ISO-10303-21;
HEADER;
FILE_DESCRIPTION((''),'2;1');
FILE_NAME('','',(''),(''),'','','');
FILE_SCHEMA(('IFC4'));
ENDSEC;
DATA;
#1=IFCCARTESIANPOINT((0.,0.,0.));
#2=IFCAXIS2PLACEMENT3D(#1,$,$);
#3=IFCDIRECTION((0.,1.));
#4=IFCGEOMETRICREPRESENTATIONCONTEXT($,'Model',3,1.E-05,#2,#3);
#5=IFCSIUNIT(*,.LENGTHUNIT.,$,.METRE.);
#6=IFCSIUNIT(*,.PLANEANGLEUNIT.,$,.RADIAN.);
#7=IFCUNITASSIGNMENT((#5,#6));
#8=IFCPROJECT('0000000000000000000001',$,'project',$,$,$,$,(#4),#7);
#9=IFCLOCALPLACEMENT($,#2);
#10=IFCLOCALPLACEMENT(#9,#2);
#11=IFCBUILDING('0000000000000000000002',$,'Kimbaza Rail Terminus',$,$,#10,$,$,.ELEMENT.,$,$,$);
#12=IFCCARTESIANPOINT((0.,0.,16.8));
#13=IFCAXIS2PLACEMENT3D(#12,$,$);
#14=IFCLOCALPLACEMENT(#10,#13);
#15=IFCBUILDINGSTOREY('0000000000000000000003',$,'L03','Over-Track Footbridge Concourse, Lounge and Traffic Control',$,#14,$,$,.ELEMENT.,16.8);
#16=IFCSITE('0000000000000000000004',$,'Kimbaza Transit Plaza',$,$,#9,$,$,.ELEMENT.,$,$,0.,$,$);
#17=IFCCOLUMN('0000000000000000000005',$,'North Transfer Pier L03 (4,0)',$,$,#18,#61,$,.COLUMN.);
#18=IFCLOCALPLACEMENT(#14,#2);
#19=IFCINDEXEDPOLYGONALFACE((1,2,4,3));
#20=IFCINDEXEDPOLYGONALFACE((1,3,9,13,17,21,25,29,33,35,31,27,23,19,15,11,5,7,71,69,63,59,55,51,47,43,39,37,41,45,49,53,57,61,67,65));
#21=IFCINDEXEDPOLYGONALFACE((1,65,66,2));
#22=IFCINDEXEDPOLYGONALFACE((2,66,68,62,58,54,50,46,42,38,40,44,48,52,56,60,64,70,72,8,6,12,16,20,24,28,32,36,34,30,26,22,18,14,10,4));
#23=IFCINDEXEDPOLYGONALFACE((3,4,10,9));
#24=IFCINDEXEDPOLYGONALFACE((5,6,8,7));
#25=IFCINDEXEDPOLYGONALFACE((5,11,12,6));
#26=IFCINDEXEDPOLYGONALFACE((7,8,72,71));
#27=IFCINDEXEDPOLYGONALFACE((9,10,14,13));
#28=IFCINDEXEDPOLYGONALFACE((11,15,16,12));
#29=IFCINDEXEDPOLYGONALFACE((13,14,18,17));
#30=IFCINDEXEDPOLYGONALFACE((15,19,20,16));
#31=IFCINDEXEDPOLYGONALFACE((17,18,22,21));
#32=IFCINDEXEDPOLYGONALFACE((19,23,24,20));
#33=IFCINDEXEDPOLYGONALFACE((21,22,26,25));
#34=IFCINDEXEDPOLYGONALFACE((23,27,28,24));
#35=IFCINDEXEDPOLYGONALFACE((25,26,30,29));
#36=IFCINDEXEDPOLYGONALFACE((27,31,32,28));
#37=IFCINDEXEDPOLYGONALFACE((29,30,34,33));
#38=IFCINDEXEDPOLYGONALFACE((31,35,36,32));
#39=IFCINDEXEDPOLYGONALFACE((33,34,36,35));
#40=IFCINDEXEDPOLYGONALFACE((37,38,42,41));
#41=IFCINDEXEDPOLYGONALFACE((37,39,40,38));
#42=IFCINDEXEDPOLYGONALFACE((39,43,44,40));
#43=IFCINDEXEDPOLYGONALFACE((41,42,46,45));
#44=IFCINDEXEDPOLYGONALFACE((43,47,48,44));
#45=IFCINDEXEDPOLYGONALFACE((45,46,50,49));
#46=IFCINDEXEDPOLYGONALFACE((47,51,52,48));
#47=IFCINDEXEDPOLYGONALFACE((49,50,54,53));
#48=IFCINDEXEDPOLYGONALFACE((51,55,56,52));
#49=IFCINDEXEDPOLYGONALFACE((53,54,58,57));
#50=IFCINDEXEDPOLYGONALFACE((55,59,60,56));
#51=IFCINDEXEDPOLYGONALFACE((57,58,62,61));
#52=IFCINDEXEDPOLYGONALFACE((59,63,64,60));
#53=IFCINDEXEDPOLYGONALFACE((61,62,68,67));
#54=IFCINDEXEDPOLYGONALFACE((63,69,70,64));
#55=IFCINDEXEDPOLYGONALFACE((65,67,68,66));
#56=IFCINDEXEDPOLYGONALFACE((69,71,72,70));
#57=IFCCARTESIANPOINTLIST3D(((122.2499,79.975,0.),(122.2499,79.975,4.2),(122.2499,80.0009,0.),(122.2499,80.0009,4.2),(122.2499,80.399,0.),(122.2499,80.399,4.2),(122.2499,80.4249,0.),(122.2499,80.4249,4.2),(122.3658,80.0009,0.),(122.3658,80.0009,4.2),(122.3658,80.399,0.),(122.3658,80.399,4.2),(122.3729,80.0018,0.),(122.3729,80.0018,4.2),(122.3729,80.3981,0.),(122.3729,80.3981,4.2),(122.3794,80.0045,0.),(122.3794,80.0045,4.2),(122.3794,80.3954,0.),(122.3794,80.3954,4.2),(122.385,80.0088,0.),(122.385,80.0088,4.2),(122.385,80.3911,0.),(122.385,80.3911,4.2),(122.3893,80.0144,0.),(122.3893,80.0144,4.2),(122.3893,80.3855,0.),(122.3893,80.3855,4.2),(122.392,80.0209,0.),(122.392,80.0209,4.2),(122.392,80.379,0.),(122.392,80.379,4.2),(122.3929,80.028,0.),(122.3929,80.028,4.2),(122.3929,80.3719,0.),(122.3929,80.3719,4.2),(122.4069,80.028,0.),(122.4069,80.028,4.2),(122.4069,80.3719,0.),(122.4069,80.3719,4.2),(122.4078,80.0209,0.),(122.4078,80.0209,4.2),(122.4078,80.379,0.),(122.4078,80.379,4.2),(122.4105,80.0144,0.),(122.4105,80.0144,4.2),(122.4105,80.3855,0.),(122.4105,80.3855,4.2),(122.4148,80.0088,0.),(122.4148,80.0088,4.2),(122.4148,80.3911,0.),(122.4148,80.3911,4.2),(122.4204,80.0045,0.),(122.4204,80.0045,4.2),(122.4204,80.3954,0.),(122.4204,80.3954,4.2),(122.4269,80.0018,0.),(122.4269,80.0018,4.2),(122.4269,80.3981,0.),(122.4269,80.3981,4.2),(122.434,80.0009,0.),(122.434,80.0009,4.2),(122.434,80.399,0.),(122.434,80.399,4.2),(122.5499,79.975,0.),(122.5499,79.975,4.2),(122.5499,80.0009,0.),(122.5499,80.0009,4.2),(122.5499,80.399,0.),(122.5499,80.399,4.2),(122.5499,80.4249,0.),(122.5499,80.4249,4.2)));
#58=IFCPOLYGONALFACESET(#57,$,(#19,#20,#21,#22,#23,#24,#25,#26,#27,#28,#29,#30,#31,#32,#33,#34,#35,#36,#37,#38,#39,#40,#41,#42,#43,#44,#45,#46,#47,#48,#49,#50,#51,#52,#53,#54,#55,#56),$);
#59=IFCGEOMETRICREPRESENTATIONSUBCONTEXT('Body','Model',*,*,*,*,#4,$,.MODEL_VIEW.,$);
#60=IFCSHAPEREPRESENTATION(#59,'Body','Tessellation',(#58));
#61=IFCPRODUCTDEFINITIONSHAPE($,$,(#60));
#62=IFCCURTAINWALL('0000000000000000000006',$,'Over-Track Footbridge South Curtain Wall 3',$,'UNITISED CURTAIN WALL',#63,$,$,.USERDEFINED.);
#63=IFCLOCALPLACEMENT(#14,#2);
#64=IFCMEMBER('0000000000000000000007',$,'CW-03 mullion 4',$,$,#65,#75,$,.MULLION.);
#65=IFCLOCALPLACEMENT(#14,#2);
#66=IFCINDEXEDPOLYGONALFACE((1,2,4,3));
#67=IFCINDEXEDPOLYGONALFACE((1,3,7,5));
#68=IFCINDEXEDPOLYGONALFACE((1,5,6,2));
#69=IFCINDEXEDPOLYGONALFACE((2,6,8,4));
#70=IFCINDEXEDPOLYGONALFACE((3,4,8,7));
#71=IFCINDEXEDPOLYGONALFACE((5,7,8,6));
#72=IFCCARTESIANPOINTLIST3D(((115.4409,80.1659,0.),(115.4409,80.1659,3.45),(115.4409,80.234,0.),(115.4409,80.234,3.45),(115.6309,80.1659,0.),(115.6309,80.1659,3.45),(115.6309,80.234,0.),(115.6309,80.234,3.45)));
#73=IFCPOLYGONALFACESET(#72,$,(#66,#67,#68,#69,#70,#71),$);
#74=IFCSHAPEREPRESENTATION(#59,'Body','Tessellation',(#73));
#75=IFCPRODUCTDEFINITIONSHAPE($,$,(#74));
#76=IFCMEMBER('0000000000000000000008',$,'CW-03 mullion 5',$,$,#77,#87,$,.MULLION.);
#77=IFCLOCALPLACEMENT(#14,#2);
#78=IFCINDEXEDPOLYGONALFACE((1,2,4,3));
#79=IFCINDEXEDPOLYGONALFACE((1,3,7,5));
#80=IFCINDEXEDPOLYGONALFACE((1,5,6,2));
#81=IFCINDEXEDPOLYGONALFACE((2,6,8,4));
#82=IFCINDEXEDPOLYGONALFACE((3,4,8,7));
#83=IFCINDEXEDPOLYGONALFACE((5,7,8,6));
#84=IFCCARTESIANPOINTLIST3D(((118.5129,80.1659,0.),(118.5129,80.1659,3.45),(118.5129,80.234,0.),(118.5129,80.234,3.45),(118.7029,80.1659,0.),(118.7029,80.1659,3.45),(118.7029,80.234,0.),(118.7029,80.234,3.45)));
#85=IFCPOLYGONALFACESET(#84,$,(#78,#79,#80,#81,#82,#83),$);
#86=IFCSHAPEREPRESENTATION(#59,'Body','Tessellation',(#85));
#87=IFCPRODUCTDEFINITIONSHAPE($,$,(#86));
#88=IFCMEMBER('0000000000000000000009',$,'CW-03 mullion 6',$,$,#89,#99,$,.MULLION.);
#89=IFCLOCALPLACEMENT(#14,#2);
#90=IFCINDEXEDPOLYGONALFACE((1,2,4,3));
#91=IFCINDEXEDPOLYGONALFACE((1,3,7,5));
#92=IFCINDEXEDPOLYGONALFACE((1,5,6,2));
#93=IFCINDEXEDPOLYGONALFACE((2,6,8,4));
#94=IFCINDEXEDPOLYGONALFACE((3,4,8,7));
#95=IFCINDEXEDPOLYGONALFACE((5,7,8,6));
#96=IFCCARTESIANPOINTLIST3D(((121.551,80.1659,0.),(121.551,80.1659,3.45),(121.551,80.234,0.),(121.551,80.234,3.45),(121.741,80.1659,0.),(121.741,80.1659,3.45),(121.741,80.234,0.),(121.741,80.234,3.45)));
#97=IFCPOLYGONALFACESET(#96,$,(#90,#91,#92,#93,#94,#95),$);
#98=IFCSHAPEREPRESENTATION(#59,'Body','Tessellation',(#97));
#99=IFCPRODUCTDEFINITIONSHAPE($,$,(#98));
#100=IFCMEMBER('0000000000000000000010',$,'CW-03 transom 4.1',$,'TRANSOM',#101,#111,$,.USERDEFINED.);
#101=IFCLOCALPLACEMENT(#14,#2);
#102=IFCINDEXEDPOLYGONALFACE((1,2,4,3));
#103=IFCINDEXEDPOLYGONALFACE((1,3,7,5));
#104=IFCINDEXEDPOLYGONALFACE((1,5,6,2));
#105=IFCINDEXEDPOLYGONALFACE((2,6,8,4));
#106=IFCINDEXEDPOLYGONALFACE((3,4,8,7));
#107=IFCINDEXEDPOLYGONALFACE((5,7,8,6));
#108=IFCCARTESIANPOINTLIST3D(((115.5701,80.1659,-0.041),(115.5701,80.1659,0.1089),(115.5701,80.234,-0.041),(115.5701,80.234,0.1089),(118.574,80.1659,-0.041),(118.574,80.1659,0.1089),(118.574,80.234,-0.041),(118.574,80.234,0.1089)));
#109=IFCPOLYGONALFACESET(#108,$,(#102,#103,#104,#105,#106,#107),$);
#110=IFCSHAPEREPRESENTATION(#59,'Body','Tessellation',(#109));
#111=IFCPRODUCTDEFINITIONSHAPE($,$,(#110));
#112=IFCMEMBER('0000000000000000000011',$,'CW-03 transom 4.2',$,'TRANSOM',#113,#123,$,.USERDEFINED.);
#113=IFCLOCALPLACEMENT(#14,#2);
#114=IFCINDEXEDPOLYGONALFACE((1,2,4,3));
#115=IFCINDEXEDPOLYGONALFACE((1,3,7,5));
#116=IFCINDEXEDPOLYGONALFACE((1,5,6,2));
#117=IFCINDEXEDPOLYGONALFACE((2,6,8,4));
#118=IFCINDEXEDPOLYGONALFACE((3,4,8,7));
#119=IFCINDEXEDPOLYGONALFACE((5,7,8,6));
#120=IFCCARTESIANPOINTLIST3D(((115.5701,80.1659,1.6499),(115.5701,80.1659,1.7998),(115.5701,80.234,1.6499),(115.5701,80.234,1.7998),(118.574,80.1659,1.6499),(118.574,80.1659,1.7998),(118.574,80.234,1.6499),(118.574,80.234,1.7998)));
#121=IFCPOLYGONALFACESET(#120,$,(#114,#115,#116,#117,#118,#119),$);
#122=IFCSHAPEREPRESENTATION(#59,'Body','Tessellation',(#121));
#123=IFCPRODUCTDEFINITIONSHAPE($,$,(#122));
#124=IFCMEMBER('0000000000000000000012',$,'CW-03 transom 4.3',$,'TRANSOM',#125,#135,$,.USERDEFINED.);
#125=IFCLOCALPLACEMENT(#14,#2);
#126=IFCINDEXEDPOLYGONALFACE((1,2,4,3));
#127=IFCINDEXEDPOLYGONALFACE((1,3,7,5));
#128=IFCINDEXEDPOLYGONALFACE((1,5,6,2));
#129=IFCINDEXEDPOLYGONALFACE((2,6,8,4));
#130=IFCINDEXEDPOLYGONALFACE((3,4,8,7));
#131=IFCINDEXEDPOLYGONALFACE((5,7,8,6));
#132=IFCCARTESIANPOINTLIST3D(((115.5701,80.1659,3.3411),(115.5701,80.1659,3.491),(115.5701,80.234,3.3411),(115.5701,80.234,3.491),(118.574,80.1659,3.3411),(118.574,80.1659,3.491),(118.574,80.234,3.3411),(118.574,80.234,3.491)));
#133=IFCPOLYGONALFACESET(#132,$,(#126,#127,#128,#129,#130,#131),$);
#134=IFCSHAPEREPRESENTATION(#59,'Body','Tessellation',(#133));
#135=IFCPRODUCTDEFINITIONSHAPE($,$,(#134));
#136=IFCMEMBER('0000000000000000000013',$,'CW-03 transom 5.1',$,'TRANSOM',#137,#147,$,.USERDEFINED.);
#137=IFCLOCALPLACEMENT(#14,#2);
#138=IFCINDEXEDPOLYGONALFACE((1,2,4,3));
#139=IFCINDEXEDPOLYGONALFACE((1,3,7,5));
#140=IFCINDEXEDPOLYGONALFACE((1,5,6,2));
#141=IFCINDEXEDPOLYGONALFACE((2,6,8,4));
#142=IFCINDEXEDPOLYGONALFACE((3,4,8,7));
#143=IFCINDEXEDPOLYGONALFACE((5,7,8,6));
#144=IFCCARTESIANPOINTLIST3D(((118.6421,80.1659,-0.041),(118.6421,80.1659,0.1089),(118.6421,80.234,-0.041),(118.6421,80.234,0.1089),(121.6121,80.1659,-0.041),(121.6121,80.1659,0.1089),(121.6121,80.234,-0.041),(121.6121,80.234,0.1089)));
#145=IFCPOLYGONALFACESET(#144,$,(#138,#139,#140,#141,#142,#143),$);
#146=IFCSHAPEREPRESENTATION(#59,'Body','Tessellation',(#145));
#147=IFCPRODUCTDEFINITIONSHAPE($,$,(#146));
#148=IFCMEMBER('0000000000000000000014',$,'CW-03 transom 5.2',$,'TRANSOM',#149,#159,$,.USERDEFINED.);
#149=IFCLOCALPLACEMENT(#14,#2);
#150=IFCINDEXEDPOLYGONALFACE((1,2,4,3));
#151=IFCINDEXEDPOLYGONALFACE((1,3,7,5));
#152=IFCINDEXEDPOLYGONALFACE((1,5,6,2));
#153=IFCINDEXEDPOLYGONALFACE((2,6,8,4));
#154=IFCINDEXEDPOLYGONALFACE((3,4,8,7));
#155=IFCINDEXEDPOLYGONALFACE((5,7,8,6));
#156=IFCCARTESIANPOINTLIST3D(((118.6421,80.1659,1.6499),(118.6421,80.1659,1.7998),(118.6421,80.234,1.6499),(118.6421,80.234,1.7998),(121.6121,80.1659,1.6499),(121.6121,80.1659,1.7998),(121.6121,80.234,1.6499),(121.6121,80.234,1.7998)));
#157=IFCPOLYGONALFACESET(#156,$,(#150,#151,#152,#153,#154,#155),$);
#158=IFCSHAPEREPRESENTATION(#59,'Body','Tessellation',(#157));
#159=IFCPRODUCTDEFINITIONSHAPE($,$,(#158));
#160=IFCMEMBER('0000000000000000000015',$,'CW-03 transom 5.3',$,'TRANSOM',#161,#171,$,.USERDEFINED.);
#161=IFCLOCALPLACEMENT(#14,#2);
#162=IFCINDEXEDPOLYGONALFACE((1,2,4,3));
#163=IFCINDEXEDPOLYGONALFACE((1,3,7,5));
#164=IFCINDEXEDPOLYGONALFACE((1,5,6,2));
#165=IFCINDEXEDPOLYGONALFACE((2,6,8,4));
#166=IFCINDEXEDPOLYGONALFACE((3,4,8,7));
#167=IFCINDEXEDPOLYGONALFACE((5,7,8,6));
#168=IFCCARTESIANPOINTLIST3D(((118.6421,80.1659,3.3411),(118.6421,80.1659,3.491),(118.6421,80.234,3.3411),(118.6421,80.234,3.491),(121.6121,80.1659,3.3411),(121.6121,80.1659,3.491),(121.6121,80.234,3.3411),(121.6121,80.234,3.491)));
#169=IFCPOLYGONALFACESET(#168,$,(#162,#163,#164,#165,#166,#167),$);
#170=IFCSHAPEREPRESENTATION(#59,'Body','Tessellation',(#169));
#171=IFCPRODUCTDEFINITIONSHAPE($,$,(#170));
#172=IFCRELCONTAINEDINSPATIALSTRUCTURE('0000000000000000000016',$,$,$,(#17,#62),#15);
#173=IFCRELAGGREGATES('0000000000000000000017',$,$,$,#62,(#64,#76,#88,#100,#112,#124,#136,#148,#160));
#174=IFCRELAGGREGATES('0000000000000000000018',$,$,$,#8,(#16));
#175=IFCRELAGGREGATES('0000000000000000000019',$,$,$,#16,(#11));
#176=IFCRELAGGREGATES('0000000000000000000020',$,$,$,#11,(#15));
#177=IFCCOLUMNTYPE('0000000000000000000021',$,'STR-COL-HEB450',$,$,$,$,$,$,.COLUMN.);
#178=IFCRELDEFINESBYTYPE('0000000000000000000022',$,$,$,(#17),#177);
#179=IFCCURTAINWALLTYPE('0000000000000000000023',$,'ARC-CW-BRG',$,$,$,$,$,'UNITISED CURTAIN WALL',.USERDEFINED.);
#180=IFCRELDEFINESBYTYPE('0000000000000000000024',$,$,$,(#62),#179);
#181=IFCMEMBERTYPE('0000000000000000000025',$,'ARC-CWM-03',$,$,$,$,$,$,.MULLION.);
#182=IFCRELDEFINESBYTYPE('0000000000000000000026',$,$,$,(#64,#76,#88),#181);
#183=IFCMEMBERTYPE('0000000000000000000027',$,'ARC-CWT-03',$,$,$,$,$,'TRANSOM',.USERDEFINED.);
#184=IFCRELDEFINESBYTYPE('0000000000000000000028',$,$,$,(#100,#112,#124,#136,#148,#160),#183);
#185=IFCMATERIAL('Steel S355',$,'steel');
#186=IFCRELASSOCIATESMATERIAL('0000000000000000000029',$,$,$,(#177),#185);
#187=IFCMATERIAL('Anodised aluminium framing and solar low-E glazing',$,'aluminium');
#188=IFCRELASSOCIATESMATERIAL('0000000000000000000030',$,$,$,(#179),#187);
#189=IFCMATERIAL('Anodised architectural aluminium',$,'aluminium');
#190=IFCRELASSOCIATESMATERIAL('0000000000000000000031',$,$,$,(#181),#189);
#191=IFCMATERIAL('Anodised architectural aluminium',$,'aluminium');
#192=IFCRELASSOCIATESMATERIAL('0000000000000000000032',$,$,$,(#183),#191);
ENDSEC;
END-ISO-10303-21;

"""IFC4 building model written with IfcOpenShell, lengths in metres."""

from ifc_helpers import new_model, si_unit, direction, frame, origin, origin_2d, place, context, subcontext, project, spatial, rectangle, i_section, extrude, material, material_profile, profile_set, type_object, element, aggregate, save


model = new_model("IFC4")

# Units and contexts
model_context = context("Model", 3, precision=1e-05, world=origin(), true_north=direction((0.0, 1.0)))
body_context = subcontext(model_context, "Body", "Model", "MODEL_VIEW")
ifc_project = project(units=[si_unit("LENGTHUNIT", "METRE"), si_unit("PLANEANGLEUNIT", "RADIAN")], contexts=[model_context])

# Site, building, storey
site_placement = place(None, origin())
site = spatial("IfcSite", under=ifc_project, at=site_placement, Name="Kimbaza Transit Plaza", CompositionType="ELEMENT", RefElevation=0.0)
building_placement = place(site_placement, origin())
building = spatial("IfcBuilding", under=site, at=building_placement, Name="Kimbaza Rail Terminus", CompositionType="ELEMENT")
storey_placement = place(building_placement, frame((0.0, 0.0, 16.8)))
storey = spatial("IfcBuildingStorey", under=building, at=storey_placement, Name="L03", Description="Over-Track Footbridge Concourse, Lounge and Traffic Control", CompositionType="ELEMENT", Elevation=16.8)

# Column
ifc_material_1 = material(Name="Steel S355", Category="steel")
ifc_material_profile_1 = material_profile(ifc_material_1, i_section(OverallWidth=0.3, OverallDepth=0.45, WebThickness=0.0139, FlangeThickness=0.0259, FilletRadius=0.0271, at=origin_2d()), Name="HEB 450")
ifc_profile_set_1 = profile_set([ifc_material_profile_1], Name="Steel S355")
column_type = type_object("IfcColumnType", Name="STR-COL-HEB450", PredefinedType="COLUMN", material=ifc_profile_set_1)
column_placement = place(storey_placement, frame((122.3999, 80.2, 0.0), z_axis=(0.0, 0.0, 1.0), x_axis=(1.0, 0.0, 0.0)))
element("IfcColumn", 1, at=column_placement, inside=storey, type_object=column_type, Name="North Transfer Pier L03 (4,0)", PredefinedType="COLUMN", context=body_context, shape_type="SweptSolid", body=[
    extrude(i_section(OverallWidth=0.3, OverallDepth=0.45, WebThickness=0.0139, FlangeThickness=0.0259, FilletRadius=0.0271, at=origin_2d()), origin(), (0.0, 0.0, 1.0), 4.2),
])

# Curtain wall, members
ifc_material_2 = material(Name="Anodised aluminium framing and solar low-E glazing", Category="aluminium")
curtain_wall_type = type_object("IfcCurtainWallType", Name="ARC-CW-BRG", ElementType="UNITISED CURTAIN WALL", PredefinedType="USERDEFINED", material=ifc_material_2)
curtain_wall_placement = place(storey_placement, origin())
curtain_wall = element("IfcCurtainWall", 2, at=curtain_wall_placement, inside=storey, type_object=curtain_wall_type, Name="Over-Track Footbridge South Curtain Wall 3", ObjectType="UNITISED CURTAIN WALL", PredefinedType="USERDEFINED")
ifc_material_3 = material(Name="Anodised architectural aluminium", Category="aluminium")
ifc_material_profile_2 = material_profile(ifc_material_3, rectangle(XDim=0.0681, YDim=0.1899, at=origin_2d()), Name="MULLION 68x190")
ifc_profile_set_2 = profile_set([ifc_material_profile_2], Name="Anodised architectural aluminium")
member_type_1 = type_object("IfcMemberType", Name="ARC-CWM-03", PredefinedType="MULLION", material=ifc_profile_set_2)
member_1_placement = place(storey_placement, frame((115.5359, 80.2, 0.0), z_axis=(0.0, 0.0, 1.0), x_axis=(0.0, 1.0, 0.0)))
member_1 = element("IfcMember", 3, at=member_1_placement, type_object=member_type_1, Name="CW-03 mullion 4", PredefinedType="MULLION", context=body_context, shape_type="SweptSolid", body=[
    extrude(rectangle(XDim=0.0681, YDim=0.1899, at=origin_2d()), origin(), (0.0, 0.0, 1.0), 3.45),
])
member_2_placement = place(storey_placement, frame((118.6079, 80.2, 0.0), z_axis=(0.0, 0.0, 1.0), x_axis=(0.0, 1.0, 0.0)))
member_2 = element("IfcMember", 4, at=member_2_placement, type_object=member_type_1, Name="CW-03 mullion 5", PredefinedType="MULLION", context=body_context, shape_type="SweptSolid", body=[
    extrude(rectangle(XDim=0.0681, YDim=0.1899, at=origin_2d()), origin(), (0.0, 0.0, 1.0), 3.45),
])
member_3_placement = place(storey_placement, frame((121.646, 80.2, 0.0), z_axis=(0.0, 0.0, 1.0), x_axis=(0.0, 1.0, 0.0)))
member_3 = element("IfcMember", 5, at=member_3_placement, type_object=member_type_1, Name="CW-03 mullion 6", PredefinedType="MULLION", context=body_context, shape_type="SweptSolid", body=[
    extrude(rectangle(XDim=0.0681, YDim=0.1899, at=origin_2d()), origin(), (0.0, 0.0, 1.0), 3.45),
])
ifc_material_4 = material(Name="Anodised architectural aluminium", Category="aluminium")
ifc_material_profile_3 = material_profile(ifc_material_4, rectangle(XDim=0.0681, YDim=0.1499, at=origin_2d()), Name="TRANSOM 68x150")
ifc_profile_set_3 = profile_set([ifc_material_profile_3], Name="Anodised architectural aluminium")
member_type_2 = type_object("IfcMemberType", Name="ARC-CWT-03", ElementType="TRANSOM", PredefinedType="USERDEFINED", material=ifc_profile_set_3)
member_4_placement = place(storey_placement, frame((115.5701, 80.2, 0.0339), z_axis=(1.0, 0.0, 0.0), x_axis=(0.0, 1.0, 0.0)))
member_4 = element("IfcMember", 6, at=member_4_placement, type_object=member_type_2, Name="CW-03 transom 4.1", ObjectType="TRANSOM", PredefinedType="USERDEFINED", context=body_context, shape_type="SweptSolid", body=[
    extrude(rectangle(XDim=0.0681, YDim=0.1499, at=origin_2d()), origin(), (0.0, 0.0, 1.0), 3.0039),
])
member_5_placement = place(storey_placement, frame((115.5701, 80.2, 1.7249), z_axis=(1.0, 0.0, 0.0), x_axis=(0.0, 1.0, 0.0)))
member_5 = element("IfcMember", 7, at=member_5_placement, type_object=member_type_2, Name="CW-03 transom 4.2", ObjectType="TRANSOM", PredefinedType="USERDEFINED", context=body_context, shape_type="SweptSolid", body=[
    extrude(rectangle(XDim=0.0681, YDim=0.1499, at=origin_2d()), origin(), (0.0, 0.0, 1.0), 3.0039),
])
member_6_placement = place(storey_placement, frame((115.5701, 80.2, 3.416), z_axis=(1.0, 0.0, 0.0), x_axis=(0.0, 1.0, 0.0)))
member_6 = element("IfcMember", 8, at=member_6_placement, type_object=member_type_2, Name="CW-03 transom 4.3", ObjectType="TRANSOM", PredefinedType="USERDEFINED", context=body_context, shape_type="SweptSolid", body=[
    extrude(rectangle(XDim=0.0681, YDim=0.1499, at=origin_2d()), origin(), (0.0, 0.0, 1.0), 3.0039),
])
member_7_placement = place(storey_placement, frame((118.6421, 80.2, 0.0339), z_axis=(1.0, 0.0, 0.0), x_axis=(0.0, 1.0, 0.0)))
member_7 = element("IfcMember", 9, at=member_7_placement, type_object=member_type_2, Name="CW-03 transom 5.1", ObjectType="TRANSOM", PredefinedType="USERDEFINED", context=body_context, shape_type="SweptSolid", body=[
    extrude(rectangle(XDim=0.0681, YDim=0.1499, at=origin_2d()), origin(), (0.0, 0.0, 1.0), 2.97),
])
member_8_placement = place(storey_placement, frame((118.6421, 80.2, 1.7249), z_axis=(1.0, 0.0, 0.0), x_axis=(0.0, 1.0, 0.0)))
member_8 = element("IfcMember", 10, at=member_8_placement, type_object=member_type_2, Name="CW-03 transom 5.2", ObjectType="TRANSOM", PredefinedType="USERDEFINED", context=body_context, shape_type="SweptSolid", body=[
    extrude(rectangle(XDim=0.0681, YDim=0.1499, at=origin_2d()), origin(), (0.0, 0.0, 1.0), 2.97),
])
member_9_placement = place(storey_placement, frame((118.6421, 80.2, 3.416), z_axis=(1.0, 0.0, 0.0), x_axis=(0.0, 1.0, 0.0)))
member_9 = element("IfcMember", 11, at=member_9_placement, type_object=member_type_2, Name="CW-03 transom 5.3", ObjectType="TRANSOM", PredefinedType="USERDEFINED", context=body_context, shape_type="SweptSolid", body=[
    extrude(rectangle(XDim=0.0681, YDim=0.1499, at=origin_2d()), origin(), (0.0, 0.0, 1.0), 2.97),
])

aggregate(curtain_wall, [member_1, member_2, member_3, member_4, member_5, member_6, member_7, member_8, member_9])

save(model, "model.ifc")
